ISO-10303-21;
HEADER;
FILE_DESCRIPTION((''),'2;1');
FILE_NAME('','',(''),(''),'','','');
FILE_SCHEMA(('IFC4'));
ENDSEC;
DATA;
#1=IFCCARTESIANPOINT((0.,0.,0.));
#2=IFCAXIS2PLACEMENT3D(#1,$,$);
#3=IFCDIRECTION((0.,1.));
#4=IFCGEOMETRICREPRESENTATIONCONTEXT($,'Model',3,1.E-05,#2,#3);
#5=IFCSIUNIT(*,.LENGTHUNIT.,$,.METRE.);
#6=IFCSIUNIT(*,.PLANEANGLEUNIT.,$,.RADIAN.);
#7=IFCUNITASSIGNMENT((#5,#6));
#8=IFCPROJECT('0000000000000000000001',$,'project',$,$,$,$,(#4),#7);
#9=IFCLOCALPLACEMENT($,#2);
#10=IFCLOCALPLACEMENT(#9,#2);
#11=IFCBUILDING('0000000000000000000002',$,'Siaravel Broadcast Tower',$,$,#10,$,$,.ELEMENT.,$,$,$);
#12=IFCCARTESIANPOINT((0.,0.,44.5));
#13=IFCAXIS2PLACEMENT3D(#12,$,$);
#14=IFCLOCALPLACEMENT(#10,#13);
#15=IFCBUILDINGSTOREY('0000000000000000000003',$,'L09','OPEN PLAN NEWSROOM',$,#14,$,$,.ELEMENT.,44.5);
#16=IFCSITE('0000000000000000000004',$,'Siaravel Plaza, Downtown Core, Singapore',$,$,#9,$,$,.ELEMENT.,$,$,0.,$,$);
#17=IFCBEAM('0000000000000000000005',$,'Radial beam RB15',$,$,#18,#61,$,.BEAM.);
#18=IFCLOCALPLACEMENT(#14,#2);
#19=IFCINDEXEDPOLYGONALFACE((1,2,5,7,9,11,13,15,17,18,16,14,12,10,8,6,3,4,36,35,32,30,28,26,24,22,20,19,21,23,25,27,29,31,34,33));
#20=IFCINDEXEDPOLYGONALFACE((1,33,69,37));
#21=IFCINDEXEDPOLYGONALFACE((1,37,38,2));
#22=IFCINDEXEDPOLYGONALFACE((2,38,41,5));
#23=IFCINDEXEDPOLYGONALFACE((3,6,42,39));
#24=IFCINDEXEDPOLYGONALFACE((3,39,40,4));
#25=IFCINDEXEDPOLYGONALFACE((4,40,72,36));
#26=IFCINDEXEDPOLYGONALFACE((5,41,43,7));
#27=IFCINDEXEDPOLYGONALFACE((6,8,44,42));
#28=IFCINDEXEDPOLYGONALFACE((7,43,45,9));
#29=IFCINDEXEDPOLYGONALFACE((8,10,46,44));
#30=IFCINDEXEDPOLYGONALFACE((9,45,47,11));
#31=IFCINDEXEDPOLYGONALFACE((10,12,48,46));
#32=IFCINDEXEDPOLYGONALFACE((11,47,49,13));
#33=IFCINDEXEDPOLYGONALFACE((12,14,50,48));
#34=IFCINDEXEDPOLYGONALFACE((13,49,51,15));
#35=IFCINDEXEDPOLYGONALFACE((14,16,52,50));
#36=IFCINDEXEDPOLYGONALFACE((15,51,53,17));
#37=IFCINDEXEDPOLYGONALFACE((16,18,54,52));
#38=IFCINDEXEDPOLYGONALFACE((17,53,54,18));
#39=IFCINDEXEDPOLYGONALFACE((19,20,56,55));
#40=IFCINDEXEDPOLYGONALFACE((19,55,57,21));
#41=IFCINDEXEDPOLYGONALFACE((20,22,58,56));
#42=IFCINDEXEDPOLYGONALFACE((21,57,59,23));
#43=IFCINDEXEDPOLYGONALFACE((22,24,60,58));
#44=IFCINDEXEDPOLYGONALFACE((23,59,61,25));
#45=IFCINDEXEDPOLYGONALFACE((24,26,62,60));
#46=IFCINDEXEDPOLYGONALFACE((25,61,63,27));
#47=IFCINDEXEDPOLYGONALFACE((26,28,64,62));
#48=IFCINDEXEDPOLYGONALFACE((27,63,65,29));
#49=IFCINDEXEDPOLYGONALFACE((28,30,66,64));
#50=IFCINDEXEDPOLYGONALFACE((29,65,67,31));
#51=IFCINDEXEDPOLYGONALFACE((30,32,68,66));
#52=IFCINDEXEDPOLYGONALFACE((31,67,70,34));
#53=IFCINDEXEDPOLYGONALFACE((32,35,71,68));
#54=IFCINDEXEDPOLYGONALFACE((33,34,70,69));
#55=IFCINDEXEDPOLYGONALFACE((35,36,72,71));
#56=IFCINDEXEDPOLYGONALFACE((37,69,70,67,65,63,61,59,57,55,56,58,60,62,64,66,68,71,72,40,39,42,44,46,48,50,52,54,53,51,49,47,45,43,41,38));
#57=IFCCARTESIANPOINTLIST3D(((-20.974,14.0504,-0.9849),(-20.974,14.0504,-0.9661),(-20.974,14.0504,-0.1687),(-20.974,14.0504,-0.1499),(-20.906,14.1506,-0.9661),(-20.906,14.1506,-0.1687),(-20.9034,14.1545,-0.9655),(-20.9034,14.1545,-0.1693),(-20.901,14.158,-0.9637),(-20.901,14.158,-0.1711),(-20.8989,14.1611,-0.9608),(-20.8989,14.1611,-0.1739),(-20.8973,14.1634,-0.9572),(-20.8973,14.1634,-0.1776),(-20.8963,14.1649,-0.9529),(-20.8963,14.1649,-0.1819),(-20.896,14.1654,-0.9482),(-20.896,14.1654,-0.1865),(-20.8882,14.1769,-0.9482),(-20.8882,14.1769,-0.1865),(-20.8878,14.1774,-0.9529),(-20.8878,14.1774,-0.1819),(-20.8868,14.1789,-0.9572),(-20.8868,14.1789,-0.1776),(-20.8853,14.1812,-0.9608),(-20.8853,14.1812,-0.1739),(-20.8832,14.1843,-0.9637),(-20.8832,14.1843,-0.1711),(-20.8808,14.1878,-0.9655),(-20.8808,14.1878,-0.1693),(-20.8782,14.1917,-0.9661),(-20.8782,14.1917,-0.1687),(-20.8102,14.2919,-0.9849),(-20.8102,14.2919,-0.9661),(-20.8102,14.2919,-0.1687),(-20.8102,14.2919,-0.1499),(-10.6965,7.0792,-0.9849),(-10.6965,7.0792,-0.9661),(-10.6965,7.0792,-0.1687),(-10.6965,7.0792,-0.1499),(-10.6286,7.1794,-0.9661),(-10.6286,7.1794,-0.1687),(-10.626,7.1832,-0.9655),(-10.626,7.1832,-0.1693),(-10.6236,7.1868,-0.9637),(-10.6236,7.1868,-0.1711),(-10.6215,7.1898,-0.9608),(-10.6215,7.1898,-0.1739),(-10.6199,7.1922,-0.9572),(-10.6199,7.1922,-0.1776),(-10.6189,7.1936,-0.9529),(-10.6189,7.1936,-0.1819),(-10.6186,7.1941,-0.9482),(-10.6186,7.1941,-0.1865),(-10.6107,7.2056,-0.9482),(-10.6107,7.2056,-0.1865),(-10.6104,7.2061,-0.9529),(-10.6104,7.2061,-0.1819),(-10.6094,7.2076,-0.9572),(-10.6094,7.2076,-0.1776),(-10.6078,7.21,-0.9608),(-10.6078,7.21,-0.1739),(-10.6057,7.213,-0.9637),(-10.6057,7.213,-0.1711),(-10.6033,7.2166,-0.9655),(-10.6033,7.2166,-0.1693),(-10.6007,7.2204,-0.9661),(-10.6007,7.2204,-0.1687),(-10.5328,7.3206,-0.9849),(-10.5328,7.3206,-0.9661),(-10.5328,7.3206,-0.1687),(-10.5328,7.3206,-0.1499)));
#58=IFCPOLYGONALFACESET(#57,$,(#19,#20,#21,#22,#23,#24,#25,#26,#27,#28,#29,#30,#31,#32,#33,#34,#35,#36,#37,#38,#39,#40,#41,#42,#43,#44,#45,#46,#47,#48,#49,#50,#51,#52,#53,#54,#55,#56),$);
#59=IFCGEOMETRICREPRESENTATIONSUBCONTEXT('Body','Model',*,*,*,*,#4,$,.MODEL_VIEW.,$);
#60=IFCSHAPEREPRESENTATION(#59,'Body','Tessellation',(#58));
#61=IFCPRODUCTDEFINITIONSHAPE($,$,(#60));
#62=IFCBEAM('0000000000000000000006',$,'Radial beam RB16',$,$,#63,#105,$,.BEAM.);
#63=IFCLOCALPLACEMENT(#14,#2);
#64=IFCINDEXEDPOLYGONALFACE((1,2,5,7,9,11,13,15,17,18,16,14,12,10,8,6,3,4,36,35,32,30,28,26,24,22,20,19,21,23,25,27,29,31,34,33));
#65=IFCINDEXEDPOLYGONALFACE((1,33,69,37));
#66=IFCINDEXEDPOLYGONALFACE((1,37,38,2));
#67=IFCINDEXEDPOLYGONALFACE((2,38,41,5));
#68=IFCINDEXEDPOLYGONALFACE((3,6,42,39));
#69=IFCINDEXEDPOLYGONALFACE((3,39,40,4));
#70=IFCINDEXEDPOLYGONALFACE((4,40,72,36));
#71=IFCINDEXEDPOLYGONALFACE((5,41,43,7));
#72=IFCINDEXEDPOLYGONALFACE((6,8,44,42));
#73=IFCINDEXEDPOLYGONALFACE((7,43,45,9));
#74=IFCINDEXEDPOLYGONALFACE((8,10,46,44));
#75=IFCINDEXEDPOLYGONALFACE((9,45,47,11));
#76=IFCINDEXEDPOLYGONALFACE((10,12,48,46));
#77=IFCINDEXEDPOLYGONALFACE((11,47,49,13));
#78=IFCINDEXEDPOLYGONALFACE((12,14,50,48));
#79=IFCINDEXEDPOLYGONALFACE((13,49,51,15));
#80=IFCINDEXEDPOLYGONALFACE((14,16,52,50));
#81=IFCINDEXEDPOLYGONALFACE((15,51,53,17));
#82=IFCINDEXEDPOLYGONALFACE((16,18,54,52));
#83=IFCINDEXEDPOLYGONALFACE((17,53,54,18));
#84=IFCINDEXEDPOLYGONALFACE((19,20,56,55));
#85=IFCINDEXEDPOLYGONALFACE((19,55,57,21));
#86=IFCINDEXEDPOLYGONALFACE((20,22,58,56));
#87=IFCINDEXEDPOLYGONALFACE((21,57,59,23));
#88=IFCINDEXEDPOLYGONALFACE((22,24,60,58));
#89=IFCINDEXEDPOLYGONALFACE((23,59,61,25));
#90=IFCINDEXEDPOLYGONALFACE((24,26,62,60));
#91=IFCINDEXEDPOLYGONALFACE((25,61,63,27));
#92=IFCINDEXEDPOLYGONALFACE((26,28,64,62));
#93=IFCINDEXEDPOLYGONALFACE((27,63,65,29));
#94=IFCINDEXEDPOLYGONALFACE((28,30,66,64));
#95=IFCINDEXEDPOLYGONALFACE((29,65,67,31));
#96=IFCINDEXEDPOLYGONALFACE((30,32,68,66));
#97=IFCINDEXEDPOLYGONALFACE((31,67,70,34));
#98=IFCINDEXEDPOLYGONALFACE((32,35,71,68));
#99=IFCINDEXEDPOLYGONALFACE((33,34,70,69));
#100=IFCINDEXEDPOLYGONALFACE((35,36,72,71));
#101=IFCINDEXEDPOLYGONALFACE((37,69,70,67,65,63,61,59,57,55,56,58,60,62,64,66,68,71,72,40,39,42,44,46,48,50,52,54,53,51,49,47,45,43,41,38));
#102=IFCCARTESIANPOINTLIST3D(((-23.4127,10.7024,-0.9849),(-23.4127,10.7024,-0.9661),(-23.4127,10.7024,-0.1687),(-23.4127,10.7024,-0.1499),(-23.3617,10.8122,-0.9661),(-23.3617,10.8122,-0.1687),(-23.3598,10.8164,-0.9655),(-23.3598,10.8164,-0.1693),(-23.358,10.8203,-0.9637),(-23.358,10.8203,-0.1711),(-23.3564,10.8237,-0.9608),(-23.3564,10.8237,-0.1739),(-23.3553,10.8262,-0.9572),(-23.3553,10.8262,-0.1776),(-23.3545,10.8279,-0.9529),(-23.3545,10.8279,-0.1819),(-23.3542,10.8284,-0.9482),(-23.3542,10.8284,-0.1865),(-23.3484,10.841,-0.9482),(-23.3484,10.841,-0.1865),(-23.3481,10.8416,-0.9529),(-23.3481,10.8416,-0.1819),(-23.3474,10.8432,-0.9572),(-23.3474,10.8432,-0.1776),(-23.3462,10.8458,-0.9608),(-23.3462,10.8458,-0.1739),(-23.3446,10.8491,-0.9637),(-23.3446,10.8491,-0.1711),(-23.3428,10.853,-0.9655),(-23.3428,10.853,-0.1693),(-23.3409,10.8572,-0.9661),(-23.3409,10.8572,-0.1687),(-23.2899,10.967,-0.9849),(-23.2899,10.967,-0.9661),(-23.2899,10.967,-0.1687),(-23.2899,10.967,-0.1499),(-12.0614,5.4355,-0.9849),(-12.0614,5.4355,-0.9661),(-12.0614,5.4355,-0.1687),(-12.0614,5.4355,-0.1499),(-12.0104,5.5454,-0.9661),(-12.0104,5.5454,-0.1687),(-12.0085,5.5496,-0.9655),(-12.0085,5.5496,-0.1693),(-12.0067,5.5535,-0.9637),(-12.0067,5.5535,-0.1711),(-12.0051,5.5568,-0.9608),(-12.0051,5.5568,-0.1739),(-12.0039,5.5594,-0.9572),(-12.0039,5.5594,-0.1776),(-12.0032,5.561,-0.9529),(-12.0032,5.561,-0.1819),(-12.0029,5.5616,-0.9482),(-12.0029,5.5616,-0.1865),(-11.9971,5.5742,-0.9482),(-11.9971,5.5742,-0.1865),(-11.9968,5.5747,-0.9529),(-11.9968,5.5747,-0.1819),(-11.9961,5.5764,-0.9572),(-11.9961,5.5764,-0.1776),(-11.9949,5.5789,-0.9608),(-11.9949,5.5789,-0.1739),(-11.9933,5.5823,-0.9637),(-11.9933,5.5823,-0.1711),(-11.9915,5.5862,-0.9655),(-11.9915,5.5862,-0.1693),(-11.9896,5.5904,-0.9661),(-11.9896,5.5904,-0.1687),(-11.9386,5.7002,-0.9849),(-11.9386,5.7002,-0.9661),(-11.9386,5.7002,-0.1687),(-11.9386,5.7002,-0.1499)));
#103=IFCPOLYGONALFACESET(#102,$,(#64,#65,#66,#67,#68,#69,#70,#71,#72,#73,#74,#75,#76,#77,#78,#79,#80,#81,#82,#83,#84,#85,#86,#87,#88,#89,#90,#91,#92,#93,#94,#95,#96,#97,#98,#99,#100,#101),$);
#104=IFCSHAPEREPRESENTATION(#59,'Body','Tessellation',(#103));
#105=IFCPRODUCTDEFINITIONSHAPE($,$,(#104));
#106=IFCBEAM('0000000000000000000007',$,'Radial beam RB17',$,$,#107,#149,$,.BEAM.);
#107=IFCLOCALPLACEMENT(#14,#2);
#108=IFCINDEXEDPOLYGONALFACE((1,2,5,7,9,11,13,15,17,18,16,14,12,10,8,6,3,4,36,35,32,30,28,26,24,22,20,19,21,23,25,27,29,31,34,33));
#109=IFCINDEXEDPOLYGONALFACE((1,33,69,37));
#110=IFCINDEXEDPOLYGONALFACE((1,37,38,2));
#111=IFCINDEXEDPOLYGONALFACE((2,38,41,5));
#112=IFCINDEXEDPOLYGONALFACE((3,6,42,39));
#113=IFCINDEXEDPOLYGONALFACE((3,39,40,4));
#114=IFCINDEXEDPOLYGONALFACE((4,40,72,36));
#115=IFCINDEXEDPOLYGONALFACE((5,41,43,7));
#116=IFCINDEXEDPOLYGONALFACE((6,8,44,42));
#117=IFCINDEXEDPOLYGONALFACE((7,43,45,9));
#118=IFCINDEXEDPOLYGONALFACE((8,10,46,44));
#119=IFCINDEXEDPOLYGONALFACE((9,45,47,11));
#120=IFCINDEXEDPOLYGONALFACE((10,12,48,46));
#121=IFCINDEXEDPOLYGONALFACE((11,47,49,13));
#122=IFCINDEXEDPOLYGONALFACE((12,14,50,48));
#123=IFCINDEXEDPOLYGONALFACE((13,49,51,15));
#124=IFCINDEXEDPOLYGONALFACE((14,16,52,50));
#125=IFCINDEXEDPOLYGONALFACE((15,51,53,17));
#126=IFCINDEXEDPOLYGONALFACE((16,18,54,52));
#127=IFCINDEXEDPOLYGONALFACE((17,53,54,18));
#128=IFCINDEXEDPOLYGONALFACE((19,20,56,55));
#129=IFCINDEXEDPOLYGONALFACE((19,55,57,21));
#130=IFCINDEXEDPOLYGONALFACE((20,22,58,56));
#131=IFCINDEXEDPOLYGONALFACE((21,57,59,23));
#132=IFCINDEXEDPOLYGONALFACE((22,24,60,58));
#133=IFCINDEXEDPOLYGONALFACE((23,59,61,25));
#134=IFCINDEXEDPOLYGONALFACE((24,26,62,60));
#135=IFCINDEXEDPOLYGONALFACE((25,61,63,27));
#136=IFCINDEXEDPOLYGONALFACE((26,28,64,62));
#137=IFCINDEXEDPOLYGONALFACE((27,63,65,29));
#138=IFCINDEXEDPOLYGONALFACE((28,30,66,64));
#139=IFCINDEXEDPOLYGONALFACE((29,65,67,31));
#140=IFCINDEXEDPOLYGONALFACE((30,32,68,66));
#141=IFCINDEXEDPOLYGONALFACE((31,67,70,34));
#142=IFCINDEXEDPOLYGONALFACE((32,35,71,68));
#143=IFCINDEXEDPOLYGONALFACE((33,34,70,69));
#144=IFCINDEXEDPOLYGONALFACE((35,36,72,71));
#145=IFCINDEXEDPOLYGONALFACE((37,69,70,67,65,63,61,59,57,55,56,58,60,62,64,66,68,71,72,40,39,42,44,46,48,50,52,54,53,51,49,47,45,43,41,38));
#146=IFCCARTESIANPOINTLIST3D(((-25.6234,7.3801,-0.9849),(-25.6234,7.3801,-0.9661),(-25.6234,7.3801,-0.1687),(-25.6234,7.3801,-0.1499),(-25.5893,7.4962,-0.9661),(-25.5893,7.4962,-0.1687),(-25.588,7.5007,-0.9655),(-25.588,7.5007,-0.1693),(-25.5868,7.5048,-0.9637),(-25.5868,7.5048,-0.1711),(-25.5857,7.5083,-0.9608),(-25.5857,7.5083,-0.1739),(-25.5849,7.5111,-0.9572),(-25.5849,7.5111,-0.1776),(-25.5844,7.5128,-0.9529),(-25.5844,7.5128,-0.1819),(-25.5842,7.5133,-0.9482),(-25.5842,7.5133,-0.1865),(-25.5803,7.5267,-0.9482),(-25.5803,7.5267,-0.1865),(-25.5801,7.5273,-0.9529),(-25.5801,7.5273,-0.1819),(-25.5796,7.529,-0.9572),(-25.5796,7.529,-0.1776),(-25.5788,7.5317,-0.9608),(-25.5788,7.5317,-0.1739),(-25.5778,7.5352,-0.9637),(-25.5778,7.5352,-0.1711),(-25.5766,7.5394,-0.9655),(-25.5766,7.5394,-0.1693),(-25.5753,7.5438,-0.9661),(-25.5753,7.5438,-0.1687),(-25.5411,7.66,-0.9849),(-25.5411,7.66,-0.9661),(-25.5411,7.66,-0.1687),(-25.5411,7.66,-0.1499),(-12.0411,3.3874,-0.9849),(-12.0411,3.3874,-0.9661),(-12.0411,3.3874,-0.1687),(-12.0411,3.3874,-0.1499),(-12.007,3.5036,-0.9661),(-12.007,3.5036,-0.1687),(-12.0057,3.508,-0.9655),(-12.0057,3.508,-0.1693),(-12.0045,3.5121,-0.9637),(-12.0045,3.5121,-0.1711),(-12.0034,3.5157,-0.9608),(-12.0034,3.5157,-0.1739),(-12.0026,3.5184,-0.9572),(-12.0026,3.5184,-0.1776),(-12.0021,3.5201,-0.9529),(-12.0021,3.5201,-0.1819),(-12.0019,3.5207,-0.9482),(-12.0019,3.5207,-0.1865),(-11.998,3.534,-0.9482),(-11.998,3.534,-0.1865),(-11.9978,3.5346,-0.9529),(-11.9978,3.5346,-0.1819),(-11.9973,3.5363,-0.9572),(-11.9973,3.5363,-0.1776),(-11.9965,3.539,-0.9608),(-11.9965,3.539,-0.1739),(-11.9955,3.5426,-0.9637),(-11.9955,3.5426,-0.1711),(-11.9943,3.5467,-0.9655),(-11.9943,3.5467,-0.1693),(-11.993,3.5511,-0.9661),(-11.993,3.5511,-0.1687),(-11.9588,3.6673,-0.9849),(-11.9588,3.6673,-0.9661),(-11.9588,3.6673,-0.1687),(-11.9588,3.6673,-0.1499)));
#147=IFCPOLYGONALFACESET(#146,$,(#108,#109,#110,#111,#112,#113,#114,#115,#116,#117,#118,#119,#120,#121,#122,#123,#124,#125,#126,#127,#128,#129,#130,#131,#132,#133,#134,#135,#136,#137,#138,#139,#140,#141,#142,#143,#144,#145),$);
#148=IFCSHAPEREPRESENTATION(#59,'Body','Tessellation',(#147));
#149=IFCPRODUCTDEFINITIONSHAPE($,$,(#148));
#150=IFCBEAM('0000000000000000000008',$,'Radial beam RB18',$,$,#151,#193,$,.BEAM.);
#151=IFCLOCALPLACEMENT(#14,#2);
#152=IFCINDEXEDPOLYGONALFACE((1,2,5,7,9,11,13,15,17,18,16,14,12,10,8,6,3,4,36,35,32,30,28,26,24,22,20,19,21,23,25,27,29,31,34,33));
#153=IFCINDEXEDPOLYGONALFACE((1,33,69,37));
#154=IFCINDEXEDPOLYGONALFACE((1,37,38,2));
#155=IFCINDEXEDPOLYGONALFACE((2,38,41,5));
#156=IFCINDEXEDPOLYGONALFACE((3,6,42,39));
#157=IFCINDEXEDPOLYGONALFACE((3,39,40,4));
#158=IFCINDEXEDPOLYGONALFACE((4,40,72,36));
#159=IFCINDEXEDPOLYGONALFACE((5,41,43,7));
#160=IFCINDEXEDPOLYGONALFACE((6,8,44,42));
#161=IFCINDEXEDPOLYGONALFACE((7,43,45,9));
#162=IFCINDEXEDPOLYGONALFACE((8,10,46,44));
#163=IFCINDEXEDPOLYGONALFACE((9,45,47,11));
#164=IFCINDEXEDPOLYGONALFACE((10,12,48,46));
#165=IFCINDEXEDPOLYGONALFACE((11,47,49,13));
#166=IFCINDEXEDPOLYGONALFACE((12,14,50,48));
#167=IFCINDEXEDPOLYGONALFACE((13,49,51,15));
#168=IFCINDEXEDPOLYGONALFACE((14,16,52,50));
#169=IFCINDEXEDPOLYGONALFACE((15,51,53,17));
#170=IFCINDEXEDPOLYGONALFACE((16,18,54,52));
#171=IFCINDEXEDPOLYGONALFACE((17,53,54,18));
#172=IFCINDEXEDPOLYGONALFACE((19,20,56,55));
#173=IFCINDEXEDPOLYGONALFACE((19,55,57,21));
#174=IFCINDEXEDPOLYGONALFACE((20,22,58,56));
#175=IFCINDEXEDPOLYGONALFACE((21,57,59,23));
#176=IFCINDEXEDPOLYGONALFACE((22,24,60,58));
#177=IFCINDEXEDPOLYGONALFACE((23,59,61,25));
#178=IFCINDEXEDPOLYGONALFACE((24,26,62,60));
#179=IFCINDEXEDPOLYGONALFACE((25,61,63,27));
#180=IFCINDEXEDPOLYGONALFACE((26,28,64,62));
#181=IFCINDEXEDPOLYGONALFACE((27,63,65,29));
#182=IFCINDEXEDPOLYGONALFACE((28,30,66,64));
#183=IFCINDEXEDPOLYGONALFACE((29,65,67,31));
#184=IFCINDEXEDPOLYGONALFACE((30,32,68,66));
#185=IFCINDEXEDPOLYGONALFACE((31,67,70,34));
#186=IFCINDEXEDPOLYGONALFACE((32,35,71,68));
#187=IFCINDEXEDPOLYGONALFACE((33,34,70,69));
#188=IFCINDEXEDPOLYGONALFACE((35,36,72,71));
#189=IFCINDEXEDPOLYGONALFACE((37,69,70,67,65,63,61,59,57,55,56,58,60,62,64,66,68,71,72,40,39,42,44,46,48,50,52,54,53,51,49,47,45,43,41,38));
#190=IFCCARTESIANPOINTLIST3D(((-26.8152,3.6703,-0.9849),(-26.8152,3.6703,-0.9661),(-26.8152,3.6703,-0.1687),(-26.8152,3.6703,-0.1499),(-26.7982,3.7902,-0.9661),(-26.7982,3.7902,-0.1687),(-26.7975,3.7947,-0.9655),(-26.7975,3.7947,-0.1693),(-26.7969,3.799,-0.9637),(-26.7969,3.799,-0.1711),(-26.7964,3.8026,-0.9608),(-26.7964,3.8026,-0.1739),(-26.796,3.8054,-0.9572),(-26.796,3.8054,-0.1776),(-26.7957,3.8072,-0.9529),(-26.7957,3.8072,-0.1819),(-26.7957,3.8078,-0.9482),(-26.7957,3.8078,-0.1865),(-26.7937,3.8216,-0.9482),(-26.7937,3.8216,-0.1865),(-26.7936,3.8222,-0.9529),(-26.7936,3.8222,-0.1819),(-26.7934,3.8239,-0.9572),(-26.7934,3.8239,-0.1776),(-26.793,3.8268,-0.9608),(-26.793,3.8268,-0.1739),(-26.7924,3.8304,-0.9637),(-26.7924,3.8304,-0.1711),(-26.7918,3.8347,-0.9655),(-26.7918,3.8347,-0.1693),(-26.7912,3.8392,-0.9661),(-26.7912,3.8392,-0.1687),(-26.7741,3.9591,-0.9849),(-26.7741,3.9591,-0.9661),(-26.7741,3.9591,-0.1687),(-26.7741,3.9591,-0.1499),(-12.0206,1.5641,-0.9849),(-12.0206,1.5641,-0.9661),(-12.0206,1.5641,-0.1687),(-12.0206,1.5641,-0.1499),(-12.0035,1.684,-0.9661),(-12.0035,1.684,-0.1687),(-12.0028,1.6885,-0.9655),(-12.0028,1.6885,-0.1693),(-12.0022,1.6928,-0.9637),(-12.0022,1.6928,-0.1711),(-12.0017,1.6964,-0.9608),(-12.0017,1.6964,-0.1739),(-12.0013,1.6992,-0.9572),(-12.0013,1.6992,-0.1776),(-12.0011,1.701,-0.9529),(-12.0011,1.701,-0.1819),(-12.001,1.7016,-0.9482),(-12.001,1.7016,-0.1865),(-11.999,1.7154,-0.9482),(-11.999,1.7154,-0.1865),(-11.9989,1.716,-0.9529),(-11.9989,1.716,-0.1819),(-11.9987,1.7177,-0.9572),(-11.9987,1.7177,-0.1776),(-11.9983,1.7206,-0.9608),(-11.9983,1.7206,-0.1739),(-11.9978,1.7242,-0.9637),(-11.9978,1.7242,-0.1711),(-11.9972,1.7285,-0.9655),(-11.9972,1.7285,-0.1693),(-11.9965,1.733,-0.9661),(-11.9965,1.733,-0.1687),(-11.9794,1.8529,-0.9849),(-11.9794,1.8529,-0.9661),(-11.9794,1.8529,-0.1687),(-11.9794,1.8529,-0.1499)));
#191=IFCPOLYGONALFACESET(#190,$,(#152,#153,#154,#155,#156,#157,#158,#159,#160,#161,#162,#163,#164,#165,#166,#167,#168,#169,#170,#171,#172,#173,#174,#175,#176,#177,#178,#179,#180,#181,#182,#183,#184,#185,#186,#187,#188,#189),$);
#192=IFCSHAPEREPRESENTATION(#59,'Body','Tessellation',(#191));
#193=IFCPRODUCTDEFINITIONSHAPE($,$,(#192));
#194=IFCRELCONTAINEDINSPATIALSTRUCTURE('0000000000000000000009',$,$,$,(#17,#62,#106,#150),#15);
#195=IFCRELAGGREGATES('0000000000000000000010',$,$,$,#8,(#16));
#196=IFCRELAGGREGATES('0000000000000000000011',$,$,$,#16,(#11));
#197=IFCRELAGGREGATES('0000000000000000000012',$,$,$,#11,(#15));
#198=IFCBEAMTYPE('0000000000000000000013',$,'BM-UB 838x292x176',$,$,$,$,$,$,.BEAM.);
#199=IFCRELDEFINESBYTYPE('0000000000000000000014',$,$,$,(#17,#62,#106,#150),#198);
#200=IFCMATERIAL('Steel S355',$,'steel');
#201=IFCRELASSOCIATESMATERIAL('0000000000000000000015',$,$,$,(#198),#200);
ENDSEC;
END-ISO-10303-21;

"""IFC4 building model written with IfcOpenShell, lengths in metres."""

from ifc_helpers import new_model, si_unit, direction, frame, origin, origin_2d, place, context, subcontext, project, spatial, i_section, extrude, material, material_profile, profile_set, type_object, element, save


model = new_model("IFC4")

# Units and contexts
model_context = context("Model", 3, precision=1e-05, world=origin(), true_north=direction((0.0, 1.0)))
body_context = subcontext(model_context, "Body", "Model", "MODEL_VIEW")
ifc_project = project(units=[si_unit("LENGTHUNIT", "METRE"), si_unit("PLANEANGLEUNIT", "RADIAN")], contexts=[model_context])

# Site, building, storey
site_placement = place(None, origin())
site = spatial("IfcSite", under=ifc_project, at=site_placement, Name="Siaravel Plaza, Downtown Core, Singapore", CompositionType="ELEMENT", RefElevation=0.0)
building_placement = place(site_placement, origin())
building = spatial("IfcBuilding", under=site, at=building_placement, Name="Siaravel Broadcast Tower", CompositionType="ELEMENT")
storey_placement = place(building_placement, frame((0.0, 0.0, 44.5)))
storey = spatial("IfcBuildingStorey", under=building, at=storey_placement, Name="L09", Description="OPEN PLAN NEWSROOM", CompositionType="ELEMENT", Elevation=44.5)

# Beams
ifc_material_1 = material(Name="Steel S355", Category="steel")
ifc_material_profile_1 = material_profile(ifc_material_1, i_section(OverallWidth=0.2917, OverallDepth=0.835, WebThickness=0.0139, FlangeThickness=0.0188, FilletRadius=0.0178, at=origin_2d()))
ifc_profile_set_1 = profile_set([ifc_material_profile_1], Name="Steel S355")
beam_type = type_object("IfcBeamType", Name="BM-UB 838x292x176", PredefinedType="BEAM", material=ifc_profile_set_1)
beam_1_placement = place(storey_placement, frame((-20.8921, 14.1711, -0.5674), z_axis=(0.827578, -0.561351, 0.0), x_axis=(0.561351, 0.827578, 0.0)))
element("IfcBeam", 1, at=beam_1_placement, inside=storey, type_object=beam_type, Name="Radial beam RB15", PredefinedType="BEAM", context=body_context, shape_type="SweptSolid", body=[
    extrude(i_section(OverallWidth=0.2917, OverallDepth=0.835, WebThickness=0.0139, FlangeThickness=0.0188, FilletRadius=0.0178, at=origin_2d()), origin(), (0.0, 0.0, 1.0), 12.4187),
])
beam_2_placement = place(storey_placement, frame((-23.3513, 10.8347, -0.5674), z_axis=(0.907113, -0.420887, 0.0), x_axis=(0.420887, 0.907113, 0.0)))
element("IfcBeam", 2, at=beam_2_placement, inside=storey, type_object=beam_type, Name="Radial beam RB16", PredefinedType="BEAM", context=body_context, shape_type="SweptSolid", body=[
    extrude(i_section(OverallWidth=0.2917, OverallDepth=0.835, WebThickness=0.0139, FlangeThickness=0.0188, FilletRadius=0.0178, at=origin_2d()), origin(), (0.0, 0.0, 1.0), 12.5137),
])
beam_3_placement = place(storey_placement, frame((-25.5823, 7.52, -0.5674), z_axis=(0.959406, -0.282029, 0.0), x_axis=(0.282029, 0.959406, 0.0)))
element("IfcBeam", 3, at=beam_3_placement, inside=storey, type_object=beam_type, Name="Radial beam RB17", PredefinedType="BEAM", context=body_context, shape_type="SweptSolid", body=[
    extrude(i_section(OverallWidth=0.2917, OverallDepth=0.835, WebThickness=0.0139, FlangeThickness=0.0188, FilletRadius=0.0178, at=origin_2d()), origin(), (0.0, 0.0, 1.0), 14.157),
])
beam_4_placement = place(storey_placement, frame((-26.7947, 3.8147, -0.5674), z_axis=(0.990018, -0.140941, 0.0), x_axis=(0.140941, 0.990018, 0.0)))
element("IfcBeam", 4, at=beam_4_placement, inside=storey, type_object=beam_type, Name="Radial beam RB18", PredefinedType="BEAM", context=body_context, shape_type="SweptSolid", body=[
    extrude(i_section(OverallWidth=0.2917, OverallDepth=0.835, WebThickness=0.0139, FlangeThickness=0.0188, FilletRadius=0.0178, at=origin_2d()), origin(), (0.0, 0.0, 1.0), 14.9438),
])

save(model, "model.ifc")
